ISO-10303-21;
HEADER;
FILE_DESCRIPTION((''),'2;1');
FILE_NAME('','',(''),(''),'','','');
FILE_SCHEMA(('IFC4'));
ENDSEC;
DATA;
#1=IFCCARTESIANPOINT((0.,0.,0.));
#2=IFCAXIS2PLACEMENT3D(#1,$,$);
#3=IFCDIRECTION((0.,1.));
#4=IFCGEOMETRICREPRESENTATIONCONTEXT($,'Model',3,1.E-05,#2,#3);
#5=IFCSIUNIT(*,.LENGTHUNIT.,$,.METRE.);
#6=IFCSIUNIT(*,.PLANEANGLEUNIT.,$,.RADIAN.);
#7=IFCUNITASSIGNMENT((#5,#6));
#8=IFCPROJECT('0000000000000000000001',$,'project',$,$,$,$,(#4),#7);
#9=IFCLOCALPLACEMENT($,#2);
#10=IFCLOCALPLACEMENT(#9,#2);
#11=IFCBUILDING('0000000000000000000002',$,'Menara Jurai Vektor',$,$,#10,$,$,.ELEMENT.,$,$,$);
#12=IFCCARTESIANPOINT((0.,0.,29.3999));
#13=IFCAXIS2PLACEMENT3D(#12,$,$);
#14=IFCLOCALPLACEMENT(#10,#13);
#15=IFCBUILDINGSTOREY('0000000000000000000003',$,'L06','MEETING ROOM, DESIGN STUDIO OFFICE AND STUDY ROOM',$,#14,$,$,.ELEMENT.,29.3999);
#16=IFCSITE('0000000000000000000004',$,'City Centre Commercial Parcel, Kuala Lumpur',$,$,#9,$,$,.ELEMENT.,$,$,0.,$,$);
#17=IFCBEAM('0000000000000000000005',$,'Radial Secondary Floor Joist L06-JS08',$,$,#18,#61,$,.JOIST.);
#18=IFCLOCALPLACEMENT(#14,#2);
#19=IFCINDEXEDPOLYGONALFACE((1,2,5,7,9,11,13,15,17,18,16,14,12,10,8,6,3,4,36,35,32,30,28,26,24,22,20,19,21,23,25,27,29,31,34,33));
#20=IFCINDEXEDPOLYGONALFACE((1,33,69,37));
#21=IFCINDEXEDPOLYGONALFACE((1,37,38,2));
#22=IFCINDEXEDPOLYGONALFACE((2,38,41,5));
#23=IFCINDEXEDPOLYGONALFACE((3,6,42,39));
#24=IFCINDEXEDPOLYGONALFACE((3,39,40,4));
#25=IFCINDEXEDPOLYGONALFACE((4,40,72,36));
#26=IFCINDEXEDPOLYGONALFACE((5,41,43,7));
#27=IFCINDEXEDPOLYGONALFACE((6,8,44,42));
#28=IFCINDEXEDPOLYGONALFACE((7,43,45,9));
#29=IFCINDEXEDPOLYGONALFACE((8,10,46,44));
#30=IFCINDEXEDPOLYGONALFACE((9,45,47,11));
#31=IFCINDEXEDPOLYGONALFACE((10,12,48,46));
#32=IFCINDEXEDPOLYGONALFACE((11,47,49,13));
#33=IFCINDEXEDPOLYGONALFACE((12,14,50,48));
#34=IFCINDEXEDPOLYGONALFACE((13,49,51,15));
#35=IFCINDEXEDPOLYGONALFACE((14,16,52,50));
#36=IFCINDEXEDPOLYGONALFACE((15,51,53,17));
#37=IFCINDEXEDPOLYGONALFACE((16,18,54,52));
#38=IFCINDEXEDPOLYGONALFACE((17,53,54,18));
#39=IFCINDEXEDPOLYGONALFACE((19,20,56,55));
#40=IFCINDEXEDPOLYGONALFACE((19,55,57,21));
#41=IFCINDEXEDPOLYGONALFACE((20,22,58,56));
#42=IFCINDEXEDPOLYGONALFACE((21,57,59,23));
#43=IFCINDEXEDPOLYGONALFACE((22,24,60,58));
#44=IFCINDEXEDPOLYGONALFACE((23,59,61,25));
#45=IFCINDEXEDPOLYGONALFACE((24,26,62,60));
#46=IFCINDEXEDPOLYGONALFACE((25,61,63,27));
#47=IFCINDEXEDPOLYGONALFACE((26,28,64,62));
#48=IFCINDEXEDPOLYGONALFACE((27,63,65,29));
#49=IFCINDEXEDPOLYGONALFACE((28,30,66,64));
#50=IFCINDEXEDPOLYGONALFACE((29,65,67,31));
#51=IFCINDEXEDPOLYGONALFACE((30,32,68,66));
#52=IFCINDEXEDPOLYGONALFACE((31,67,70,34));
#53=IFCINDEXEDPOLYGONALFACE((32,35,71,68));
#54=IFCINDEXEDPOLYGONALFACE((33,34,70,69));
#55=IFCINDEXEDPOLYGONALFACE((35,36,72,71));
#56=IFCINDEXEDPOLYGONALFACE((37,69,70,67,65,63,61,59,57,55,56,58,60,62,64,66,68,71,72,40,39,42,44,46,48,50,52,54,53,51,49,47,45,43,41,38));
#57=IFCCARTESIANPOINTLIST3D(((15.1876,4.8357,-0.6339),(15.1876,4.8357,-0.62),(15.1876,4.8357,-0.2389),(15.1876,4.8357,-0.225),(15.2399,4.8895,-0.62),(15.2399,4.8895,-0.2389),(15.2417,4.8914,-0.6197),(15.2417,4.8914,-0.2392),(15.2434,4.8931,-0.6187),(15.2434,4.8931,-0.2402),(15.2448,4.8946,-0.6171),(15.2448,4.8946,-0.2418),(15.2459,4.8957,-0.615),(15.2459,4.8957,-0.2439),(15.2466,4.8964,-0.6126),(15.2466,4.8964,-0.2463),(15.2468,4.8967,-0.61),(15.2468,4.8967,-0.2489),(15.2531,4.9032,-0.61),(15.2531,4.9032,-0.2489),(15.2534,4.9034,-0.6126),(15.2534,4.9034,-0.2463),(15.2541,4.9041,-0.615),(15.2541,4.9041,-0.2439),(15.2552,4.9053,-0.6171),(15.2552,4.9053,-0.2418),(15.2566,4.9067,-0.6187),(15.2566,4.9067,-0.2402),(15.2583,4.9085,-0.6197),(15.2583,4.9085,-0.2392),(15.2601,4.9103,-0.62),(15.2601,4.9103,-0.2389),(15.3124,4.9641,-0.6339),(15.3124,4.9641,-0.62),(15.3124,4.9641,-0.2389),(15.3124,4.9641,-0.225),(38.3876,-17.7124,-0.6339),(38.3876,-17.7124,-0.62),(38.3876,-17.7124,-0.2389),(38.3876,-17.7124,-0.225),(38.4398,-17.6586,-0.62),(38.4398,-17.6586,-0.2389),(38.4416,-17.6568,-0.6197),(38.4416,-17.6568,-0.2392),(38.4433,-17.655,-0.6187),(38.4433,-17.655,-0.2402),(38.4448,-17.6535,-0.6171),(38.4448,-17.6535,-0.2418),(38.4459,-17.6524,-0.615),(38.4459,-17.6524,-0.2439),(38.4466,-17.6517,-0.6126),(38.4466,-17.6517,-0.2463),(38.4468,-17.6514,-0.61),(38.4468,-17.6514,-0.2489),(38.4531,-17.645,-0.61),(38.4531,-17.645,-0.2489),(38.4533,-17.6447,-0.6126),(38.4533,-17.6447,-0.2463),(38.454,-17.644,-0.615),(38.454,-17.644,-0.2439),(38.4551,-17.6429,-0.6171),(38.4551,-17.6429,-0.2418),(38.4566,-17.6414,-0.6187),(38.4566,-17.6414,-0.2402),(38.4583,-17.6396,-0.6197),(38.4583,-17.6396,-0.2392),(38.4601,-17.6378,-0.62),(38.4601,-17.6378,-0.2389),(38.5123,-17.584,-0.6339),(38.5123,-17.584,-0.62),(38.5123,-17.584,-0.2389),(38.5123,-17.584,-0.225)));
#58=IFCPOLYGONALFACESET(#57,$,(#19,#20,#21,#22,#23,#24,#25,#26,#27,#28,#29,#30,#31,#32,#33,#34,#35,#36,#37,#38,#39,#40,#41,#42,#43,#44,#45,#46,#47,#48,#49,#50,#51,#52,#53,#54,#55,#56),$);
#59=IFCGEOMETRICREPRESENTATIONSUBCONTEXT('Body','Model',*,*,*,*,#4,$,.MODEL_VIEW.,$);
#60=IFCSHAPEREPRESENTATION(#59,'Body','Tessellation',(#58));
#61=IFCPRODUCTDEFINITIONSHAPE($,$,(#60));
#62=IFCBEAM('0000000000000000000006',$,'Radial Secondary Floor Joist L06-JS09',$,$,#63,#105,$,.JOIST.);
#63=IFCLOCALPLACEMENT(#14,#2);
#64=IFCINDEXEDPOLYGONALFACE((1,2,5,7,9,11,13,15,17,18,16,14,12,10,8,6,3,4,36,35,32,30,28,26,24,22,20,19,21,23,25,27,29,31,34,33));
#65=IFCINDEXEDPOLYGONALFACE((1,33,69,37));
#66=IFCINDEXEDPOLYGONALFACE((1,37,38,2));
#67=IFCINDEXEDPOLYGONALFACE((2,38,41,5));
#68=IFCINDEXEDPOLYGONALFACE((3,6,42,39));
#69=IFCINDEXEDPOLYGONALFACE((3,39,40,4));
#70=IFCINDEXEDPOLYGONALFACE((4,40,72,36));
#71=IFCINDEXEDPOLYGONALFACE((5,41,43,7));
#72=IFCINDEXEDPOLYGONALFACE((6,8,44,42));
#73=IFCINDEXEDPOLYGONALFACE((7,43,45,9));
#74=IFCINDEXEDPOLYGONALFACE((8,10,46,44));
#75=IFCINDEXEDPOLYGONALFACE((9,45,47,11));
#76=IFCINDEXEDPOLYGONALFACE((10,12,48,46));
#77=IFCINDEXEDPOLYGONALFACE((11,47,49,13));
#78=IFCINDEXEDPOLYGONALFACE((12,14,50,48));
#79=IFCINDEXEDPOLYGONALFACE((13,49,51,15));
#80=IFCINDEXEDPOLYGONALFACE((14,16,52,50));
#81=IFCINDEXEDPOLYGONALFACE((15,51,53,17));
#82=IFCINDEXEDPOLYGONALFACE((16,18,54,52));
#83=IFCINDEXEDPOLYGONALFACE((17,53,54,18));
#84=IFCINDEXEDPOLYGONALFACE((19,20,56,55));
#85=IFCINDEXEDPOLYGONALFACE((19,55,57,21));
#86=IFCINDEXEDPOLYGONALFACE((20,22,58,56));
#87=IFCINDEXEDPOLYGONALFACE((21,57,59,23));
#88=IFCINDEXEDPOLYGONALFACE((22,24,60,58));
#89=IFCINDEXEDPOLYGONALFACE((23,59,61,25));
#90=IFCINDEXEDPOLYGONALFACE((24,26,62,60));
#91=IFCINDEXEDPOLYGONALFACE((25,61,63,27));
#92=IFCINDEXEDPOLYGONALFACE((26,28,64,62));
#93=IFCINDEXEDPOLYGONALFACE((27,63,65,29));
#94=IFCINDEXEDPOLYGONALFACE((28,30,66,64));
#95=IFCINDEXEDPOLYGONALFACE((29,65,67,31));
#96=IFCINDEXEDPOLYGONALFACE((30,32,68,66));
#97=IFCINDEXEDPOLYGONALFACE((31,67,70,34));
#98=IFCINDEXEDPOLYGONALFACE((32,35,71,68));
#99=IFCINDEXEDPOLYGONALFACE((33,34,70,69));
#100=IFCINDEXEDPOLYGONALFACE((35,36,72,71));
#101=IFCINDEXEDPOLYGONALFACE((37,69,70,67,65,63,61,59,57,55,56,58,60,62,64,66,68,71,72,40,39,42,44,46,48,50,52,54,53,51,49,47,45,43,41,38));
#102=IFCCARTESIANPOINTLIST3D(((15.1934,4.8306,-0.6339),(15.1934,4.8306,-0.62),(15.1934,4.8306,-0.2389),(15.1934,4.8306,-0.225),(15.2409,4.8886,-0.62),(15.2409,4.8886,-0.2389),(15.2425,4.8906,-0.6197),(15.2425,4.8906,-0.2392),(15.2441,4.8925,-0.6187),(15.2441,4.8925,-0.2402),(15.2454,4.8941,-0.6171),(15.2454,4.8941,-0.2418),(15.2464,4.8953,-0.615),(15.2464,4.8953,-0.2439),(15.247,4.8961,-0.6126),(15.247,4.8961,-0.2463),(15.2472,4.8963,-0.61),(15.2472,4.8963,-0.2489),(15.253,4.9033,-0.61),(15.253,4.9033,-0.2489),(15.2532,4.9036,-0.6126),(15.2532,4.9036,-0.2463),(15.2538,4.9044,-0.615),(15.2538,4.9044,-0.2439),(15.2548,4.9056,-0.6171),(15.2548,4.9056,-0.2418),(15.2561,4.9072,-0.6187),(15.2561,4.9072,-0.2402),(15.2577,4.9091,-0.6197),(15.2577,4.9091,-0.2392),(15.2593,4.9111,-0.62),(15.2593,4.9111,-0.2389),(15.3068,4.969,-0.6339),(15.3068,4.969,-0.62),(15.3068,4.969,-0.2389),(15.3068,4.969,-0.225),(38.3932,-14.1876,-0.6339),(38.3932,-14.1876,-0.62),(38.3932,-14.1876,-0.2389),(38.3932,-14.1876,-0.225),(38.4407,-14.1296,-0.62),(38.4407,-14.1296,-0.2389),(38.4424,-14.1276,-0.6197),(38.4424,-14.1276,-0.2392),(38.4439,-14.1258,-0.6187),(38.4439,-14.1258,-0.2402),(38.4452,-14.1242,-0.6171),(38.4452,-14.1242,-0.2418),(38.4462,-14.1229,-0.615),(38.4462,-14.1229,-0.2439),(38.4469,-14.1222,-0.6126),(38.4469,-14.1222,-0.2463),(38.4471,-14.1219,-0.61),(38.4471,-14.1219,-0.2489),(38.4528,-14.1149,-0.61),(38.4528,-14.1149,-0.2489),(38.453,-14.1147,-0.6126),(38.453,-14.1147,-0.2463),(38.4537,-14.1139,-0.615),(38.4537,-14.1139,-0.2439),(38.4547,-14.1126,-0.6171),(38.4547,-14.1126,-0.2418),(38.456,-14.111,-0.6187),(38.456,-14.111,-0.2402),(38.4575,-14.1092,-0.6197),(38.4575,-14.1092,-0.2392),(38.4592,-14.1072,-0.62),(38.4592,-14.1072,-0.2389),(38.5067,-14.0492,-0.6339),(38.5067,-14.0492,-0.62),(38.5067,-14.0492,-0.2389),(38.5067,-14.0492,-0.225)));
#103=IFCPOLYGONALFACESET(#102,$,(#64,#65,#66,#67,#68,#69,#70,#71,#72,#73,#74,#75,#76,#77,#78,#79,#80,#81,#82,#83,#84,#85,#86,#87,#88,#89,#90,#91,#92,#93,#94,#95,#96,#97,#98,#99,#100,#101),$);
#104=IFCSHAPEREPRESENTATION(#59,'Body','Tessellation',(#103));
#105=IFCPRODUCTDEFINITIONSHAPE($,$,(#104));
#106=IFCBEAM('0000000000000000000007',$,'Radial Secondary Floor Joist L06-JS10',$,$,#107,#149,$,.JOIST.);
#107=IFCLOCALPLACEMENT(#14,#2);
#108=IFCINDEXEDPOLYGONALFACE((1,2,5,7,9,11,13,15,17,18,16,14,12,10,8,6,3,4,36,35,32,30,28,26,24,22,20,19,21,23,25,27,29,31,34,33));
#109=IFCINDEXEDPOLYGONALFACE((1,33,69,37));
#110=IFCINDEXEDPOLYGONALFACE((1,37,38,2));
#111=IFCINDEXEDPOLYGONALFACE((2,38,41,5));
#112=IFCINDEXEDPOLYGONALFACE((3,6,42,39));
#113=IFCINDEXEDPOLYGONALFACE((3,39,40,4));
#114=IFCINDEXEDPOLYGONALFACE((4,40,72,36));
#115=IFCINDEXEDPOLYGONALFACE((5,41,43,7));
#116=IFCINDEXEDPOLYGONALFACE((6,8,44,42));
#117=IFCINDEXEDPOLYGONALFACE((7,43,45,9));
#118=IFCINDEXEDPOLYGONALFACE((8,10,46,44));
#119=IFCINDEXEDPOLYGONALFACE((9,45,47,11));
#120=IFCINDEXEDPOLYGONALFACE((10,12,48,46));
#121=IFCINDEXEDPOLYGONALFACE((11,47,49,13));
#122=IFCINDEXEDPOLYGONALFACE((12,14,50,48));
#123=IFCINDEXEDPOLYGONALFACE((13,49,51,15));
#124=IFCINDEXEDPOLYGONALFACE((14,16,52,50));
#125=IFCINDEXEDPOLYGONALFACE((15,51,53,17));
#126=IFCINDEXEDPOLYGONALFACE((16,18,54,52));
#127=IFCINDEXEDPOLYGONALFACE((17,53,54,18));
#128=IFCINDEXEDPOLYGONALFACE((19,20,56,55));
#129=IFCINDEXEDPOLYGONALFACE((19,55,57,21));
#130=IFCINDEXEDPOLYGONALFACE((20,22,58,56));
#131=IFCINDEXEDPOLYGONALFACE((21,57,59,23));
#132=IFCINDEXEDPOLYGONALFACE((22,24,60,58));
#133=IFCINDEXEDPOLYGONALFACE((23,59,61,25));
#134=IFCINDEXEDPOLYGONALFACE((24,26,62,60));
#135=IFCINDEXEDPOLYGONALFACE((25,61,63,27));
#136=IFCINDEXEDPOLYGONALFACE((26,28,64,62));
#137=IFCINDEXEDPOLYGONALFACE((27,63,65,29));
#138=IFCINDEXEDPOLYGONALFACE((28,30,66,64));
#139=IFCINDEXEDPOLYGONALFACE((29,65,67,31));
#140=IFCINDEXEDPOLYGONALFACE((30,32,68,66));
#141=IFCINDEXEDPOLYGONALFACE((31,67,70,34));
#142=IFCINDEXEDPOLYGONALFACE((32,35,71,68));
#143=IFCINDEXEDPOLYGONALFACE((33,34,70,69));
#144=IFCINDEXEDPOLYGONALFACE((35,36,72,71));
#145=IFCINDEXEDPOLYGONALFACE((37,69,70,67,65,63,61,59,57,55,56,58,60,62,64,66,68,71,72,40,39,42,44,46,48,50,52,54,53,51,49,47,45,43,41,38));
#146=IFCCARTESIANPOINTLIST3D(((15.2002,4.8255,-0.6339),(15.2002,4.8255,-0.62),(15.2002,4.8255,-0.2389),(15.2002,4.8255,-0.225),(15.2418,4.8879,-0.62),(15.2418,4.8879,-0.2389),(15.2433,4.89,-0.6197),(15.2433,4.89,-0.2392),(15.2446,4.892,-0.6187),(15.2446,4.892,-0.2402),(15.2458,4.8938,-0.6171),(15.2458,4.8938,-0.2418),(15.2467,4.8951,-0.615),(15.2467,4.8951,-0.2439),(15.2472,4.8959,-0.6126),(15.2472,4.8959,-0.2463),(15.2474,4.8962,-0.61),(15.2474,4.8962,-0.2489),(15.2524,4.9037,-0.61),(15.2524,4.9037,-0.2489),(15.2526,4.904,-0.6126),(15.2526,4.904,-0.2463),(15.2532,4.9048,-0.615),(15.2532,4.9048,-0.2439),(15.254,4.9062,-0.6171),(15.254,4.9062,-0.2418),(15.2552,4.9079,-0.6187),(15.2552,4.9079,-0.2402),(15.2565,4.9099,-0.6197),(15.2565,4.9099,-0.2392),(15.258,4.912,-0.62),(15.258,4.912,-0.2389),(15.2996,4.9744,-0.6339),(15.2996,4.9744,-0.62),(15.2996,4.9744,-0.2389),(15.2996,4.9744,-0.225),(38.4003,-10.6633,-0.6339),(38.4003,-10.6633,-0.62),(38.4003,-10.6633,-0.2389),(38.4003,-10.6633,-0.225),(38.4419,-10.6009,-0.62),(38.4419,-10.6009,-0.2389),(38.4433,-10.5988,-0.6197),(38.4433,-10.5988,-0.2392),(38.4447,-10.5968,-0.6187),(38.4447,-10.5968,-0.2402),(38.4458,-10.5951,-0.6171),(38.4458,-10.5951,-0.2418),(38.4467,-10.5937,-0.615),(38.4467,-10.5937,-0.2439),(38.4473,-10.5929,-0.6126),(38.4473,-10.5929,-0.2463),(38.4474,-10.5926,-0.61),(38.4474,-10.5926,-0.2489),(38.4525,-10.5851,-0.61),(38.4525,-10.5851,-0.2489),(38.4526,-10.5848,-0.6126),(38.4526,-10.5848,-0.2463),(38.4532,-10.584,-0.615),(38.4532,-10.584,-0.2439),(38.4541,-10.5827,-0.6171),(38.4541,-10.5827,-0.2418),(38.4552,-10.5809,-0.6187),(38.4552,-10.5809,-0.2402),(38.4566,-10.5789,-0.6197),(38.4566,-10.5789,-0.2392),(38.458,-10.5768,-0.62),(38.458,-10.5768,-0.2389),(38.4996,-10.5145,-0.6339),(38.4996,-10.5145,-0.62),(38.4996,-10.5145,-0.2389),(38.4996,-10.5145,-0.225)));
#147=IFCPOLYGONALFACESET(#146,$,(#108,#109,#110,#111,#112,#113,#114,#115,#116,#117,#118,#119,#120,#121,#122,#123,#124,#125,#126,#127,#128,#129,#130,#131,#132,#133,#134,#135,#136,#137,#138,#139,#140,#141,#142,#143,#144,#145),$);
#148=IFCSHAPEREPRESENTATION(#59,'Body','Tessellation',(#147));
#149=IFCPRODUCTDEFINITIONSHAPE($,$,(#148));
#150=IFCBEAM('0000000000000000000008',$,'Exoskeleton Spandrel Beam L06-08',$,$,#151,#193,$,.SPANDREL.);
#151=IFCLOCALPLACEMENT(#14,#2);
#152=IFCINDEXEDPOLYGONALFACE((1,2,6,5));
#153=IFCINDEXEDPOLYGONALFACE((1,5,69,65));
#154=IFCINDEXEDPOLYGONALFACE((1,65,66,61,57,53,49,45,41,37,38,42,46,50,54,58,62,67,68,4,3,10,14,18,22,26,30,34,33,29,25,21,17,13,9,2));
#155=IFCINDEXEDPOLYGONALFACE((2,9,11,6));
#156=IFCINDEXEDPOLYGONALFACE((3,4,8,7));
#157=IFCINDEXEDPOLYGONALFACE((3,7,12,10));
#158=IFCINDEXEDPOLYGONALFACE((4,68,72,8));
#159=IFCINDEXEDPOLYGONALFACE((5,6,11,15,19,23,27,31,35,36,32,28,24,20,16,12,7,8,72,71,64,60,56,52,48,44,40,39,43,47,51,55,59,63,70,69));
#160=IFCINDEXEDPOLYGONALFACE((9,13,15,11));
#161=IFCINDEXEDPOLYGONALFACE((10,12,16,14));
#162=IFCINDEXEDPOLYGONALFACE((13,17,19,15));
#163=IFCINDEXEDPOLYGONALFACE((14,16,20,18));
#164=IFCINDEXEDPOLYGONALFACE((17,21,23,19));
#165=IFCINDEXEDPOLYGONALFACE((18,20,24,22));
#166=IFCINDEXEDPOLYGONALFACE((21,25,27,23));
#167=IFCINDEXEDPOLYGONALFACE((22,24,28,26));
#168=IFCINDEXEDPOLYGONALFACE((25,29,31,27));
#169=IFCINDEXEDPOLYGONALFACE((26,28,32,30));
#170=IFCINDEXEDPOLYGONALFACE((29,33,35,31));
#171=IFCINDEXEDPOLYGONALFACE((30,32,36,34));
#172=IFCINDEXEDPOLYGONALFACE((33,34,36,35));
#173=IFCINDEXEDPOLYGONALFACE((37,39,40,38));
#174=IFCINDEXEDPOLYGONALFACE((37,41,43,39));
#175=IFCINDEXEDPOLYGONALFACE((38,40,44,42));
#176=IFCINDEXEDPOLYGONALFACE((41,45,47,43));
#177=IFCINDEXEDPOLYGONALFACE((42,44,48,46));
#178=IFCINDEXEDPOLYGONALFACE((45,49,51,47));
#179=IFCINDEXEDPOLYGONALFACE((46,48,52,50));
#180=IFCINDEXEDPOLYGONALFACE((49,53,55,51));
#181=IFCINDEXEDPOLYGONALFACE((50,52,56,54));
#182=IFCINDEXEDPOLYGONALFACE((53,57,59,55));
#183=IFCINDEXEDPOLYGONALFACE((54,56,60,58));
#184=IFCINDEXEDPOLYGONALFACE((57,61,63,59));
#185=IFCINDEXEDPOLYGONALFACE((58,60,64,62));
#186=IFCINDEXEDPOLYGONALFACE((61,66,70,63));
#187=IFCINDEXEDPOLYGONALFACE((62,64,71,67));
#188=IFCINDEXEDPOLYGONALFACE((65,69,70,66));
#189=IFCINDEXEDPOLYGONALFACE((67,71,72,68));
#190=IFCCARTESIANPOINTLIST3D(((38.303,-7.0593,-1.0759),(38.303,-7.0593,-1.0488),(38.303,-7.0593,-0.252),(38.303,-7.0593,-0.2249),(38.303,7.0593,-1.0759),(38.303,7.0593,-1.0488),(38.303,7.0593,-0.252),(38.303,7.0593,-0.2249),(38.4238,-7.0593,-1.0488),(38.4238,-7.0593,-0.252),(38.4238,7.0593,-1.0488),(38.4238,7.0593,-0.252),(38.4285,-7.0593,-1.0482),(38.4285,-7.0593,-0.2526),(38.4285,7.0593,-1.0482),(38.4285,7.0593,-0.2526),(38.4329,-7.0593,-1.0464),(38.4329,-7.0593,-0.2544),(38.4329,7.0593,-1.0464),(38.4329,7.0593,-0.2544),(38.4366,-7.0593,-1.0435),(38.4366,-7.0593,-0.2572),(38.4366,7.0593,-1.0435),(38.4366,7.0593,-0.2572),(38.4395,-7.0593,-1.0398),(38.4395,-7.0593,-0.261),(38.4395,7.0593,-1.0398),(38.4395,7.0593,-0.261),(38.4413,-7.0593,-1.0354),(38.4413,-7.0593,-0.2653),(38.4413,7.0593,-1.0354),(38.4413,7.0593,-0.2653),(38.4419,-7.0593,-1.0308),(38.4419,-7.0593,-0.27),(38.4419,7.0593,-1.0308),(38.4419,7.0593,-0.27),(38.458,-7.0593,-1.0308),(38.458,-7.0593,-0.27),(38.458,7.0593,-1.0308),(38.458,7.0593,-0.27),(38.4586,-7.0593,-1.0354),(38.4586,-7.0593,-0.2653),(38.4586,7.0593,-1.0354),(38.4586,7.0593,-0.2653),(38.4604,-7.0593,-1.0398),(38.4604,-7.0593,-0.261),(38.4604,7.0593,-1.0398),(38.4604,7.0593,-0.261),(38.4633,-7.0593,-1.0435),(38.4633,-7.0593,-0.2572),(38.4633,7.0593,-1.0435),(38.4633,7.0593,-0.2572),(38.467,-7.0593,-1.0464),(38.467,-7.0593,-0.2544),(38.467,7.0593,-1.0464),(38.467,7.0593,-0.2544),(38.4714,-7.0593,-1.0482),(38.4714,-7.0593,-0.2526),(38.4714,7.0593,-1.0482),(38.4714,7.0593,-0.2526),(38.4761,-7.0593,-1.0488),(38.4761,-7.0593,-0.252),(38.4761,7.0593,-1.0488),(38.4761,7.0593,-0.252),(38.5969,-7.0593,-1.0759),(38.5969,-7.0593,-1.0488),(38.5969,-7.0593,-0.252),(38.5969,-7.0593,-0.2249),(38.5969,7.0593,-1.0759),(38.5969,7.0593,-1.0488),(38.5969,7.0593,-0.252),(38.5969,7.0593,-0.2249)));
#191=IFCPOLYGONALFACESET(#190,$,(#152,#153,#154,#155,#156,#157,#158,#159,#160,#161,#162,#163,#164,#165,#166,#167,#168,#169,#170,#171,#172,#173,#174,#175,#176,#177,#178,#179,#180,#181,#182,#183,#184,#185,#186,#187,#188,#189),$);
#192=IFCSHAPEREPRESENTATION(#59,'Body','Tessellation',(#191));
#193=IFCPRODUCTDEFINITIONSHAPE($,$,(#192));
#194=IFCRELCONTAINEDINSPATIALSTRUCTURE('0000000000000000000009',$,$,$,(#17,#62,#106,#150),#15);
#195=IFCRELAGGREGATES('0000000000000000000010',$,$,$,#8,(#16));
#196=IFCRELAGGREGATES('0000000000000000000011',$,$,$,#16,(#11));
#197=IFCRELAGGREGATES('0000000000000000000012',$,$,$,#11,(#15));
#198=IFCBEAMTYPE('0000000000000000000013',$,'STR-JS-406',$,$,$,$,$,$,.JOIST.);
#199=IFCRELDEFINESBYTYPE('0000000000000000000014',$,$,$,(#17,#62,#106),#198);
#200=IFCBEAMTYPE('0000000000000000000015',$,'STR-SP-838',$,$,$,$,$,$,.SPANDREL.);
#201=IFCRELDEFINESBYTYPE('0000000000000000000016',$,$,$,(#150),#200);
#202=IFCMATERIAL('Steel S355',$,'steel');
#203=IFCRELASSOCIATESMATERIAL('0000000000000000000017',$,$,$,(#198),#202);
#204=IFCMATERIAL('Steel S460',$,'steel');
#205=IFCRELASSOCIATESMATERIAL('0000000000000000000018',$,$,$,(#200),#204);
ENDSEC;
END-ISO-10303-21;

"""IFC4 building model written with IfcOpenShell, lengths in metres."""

from ifc_helpers import new_model, si_unit, direction, frame, origin, origin_2d, place, context, subcontext, project, spatial, i_section, extrude, material, material_profile, profile_set, type_object, element, save


model = new_model("IFC4")

# Units and contexts
model_context = context("Model", 3, precision=1e-05, world=origin(), true_north=direction((0.0, 1.0)))
body_context = subcontext(model_context, "Body", "Model", "MODEL_VIEW")
ifc_project = project(units=[si_unit("LENGTHUNIT", "METRE"), si_unit("PLANEANGLEUNIT", "RADIAN")], contexts=[model_context])

# Site, building, storey
site_placement = place(None, origin())
site = spatial("IfcSite", under=ifc_project, at=site_placement, Name="City Centre Commercial Parcel, Kuala Lumpur", CompositionType="ELEMENT", RefElevation=0.0)
building_placement = place(site_placement, origin())
building = spatial("IfcBuilding", under=site, at=building_placement, Name="Menara Jurai Vektor", CompositionType="ELEMENT")
storey_placement = place(building_placement, frame((0.0, 0.0, 29.3999)))
storey = spatial("IfcBuildingStorey", under=building, at=storey_placement, Name="L06", Description="MEETING ROOM, DESIGN STUDIO OFFICE AND STUDY ROOM", CompositionType="ELEMENT", Elevation=29.3999)

# Shared definitions
ifc_material_1 = material(Name="Steel S460", Category="steel")

# Shared definitions
ifc_material_2 = material(Name="Steel S355", Category="steel")

# Beams
ifc_material_profile_1 = material_profile(ifc_material_2, i_section(OverallWidth=0.179, OverallDepth=0.4089, WebThickness=0.009, FlangeThickness=0.0139, FilletRadius=0.01, at=origin_2d()), Name="UKB 406x178x67")
ifc_profile_set_1 = profile_set([ifc_material_profile_1], Name="Steel S355")
beam_type_1 = type_object("IfcBeamType", Name="STR-JS-406", PredefinedType="JOIST", material=ifc_profile_set_1)
beam_1_placement = place(storey_placement, frame((38.45, -17.6482, -0.4294), z_axis=(-0.717109, 0.696961, 0.0), x_axis=(-0.696961, -0.717109, 0.0)))
element("IfcBeam", 1, at=beam_1_placement, inside=storey, type_object=beam_type_1, Name="Radial Secondary Floor Joist L06-JS08", PredefinedType="JOIST", context=body_context, shape_type="SweptSolid", body=[
    extrude(i_section(OverallWidth=0.179, OverallDepth=0.4089, WebThickness=0.009, FlangeThickness=0.0139, FilletRadius=0.01, at=origin_2d()), origin(), (0.0, 0.0, 1.0), 32.3521),
])
beam_2_placement = place(storey_placement, frame((38.45, -14.1184, -0.4294), z_axis=(-0.77336, 0.633967, 0.0), x_axis=(-0.633967, -0.77336, 0.0)))
element("IfcBeam", 2, at=beam_2_placement, inside=storey, type_object=beam_type_1, Name="Radial Secondary Floor Joist L06-JS09", PredefinedType="JOIST", context=body_context, shape_type="SweptSolid", body=[
    extrude(i_section(OverallWidth=0.179, OverallDepth=0.4089, WebThickness=0.009, FlangeThickness=0.0139, FilletRadius=0.01, at=origin_2d()), origin(), (0.0, 0.0, 1.0), 29.9988),
])
beam_3_placement = place(storey_placement, frame((38.45, -10.5889, -0.4294), z_axis=(-0.831684, 0.555249, 0.0), x_axis=(-0.555249, -0.831684, 0.0)))
element("IfcBeam", 3, at=beam_3_placement, inside=storey, type_object=beam_type_1, Name="Radial Secondary Floor Joist L06-JS10", PredefinedType="JOIST", context=body_context, shape_type="SweptSolid", body=[
    extrude(i_section(OverallWidth=0.179, OverallDepth=0.4089, WebThickness=0.009, FlangeThickness=0.0139, FilletRadius=0.01, at=origin_2d()), origin(), (0.0, 0.0, 1.0), 27.8953),
])
ifc_material_profile_2 = material_profile(ifc_material_1, i_section(OverallWidth=0.2939, OverallDepth=0.8511, WebThickness=0.0161, FlangeThickness=0.0271, FilletRadius=0.0181, at=origin_2d()), Name="UKB 838x292x226")
ifc_profile_set_2 = profile_set([ifc_material_profile_2], Name="Steel S460")
beam_type_2 = type_object("IfcBeamType", Name="STR-SP-838", PredefinedType="SPANDREL", material=ifc_profile_set_2)
beam_4_placement = place(storey_placement, frame((38.45, -7.0593, -0.6504), z_axis=(0.0, 1.0, 0.0), x_axis=(-1.0, 0.0, 0.0)))
element("IfcBeam", 4, at=beam_4_placement, inside=storey, type_object=beam_type_2, Name="Exoskeleton Spandrel Beam L06-08", PredefinedType="SPANDREL", context=body_context, shape_type="SweptSolid", body=[
    extrude(i_section(OverallWidth=0.2939, OverallDepth=0.8511, WebThickness=0.0161, FlangeThickness=0.0271, FilletRadius=0.0181, at=origin_2d()), origin(), (0.0, 0.0, 1.0), 14.1187),
])

save(model, "model.ifc")
